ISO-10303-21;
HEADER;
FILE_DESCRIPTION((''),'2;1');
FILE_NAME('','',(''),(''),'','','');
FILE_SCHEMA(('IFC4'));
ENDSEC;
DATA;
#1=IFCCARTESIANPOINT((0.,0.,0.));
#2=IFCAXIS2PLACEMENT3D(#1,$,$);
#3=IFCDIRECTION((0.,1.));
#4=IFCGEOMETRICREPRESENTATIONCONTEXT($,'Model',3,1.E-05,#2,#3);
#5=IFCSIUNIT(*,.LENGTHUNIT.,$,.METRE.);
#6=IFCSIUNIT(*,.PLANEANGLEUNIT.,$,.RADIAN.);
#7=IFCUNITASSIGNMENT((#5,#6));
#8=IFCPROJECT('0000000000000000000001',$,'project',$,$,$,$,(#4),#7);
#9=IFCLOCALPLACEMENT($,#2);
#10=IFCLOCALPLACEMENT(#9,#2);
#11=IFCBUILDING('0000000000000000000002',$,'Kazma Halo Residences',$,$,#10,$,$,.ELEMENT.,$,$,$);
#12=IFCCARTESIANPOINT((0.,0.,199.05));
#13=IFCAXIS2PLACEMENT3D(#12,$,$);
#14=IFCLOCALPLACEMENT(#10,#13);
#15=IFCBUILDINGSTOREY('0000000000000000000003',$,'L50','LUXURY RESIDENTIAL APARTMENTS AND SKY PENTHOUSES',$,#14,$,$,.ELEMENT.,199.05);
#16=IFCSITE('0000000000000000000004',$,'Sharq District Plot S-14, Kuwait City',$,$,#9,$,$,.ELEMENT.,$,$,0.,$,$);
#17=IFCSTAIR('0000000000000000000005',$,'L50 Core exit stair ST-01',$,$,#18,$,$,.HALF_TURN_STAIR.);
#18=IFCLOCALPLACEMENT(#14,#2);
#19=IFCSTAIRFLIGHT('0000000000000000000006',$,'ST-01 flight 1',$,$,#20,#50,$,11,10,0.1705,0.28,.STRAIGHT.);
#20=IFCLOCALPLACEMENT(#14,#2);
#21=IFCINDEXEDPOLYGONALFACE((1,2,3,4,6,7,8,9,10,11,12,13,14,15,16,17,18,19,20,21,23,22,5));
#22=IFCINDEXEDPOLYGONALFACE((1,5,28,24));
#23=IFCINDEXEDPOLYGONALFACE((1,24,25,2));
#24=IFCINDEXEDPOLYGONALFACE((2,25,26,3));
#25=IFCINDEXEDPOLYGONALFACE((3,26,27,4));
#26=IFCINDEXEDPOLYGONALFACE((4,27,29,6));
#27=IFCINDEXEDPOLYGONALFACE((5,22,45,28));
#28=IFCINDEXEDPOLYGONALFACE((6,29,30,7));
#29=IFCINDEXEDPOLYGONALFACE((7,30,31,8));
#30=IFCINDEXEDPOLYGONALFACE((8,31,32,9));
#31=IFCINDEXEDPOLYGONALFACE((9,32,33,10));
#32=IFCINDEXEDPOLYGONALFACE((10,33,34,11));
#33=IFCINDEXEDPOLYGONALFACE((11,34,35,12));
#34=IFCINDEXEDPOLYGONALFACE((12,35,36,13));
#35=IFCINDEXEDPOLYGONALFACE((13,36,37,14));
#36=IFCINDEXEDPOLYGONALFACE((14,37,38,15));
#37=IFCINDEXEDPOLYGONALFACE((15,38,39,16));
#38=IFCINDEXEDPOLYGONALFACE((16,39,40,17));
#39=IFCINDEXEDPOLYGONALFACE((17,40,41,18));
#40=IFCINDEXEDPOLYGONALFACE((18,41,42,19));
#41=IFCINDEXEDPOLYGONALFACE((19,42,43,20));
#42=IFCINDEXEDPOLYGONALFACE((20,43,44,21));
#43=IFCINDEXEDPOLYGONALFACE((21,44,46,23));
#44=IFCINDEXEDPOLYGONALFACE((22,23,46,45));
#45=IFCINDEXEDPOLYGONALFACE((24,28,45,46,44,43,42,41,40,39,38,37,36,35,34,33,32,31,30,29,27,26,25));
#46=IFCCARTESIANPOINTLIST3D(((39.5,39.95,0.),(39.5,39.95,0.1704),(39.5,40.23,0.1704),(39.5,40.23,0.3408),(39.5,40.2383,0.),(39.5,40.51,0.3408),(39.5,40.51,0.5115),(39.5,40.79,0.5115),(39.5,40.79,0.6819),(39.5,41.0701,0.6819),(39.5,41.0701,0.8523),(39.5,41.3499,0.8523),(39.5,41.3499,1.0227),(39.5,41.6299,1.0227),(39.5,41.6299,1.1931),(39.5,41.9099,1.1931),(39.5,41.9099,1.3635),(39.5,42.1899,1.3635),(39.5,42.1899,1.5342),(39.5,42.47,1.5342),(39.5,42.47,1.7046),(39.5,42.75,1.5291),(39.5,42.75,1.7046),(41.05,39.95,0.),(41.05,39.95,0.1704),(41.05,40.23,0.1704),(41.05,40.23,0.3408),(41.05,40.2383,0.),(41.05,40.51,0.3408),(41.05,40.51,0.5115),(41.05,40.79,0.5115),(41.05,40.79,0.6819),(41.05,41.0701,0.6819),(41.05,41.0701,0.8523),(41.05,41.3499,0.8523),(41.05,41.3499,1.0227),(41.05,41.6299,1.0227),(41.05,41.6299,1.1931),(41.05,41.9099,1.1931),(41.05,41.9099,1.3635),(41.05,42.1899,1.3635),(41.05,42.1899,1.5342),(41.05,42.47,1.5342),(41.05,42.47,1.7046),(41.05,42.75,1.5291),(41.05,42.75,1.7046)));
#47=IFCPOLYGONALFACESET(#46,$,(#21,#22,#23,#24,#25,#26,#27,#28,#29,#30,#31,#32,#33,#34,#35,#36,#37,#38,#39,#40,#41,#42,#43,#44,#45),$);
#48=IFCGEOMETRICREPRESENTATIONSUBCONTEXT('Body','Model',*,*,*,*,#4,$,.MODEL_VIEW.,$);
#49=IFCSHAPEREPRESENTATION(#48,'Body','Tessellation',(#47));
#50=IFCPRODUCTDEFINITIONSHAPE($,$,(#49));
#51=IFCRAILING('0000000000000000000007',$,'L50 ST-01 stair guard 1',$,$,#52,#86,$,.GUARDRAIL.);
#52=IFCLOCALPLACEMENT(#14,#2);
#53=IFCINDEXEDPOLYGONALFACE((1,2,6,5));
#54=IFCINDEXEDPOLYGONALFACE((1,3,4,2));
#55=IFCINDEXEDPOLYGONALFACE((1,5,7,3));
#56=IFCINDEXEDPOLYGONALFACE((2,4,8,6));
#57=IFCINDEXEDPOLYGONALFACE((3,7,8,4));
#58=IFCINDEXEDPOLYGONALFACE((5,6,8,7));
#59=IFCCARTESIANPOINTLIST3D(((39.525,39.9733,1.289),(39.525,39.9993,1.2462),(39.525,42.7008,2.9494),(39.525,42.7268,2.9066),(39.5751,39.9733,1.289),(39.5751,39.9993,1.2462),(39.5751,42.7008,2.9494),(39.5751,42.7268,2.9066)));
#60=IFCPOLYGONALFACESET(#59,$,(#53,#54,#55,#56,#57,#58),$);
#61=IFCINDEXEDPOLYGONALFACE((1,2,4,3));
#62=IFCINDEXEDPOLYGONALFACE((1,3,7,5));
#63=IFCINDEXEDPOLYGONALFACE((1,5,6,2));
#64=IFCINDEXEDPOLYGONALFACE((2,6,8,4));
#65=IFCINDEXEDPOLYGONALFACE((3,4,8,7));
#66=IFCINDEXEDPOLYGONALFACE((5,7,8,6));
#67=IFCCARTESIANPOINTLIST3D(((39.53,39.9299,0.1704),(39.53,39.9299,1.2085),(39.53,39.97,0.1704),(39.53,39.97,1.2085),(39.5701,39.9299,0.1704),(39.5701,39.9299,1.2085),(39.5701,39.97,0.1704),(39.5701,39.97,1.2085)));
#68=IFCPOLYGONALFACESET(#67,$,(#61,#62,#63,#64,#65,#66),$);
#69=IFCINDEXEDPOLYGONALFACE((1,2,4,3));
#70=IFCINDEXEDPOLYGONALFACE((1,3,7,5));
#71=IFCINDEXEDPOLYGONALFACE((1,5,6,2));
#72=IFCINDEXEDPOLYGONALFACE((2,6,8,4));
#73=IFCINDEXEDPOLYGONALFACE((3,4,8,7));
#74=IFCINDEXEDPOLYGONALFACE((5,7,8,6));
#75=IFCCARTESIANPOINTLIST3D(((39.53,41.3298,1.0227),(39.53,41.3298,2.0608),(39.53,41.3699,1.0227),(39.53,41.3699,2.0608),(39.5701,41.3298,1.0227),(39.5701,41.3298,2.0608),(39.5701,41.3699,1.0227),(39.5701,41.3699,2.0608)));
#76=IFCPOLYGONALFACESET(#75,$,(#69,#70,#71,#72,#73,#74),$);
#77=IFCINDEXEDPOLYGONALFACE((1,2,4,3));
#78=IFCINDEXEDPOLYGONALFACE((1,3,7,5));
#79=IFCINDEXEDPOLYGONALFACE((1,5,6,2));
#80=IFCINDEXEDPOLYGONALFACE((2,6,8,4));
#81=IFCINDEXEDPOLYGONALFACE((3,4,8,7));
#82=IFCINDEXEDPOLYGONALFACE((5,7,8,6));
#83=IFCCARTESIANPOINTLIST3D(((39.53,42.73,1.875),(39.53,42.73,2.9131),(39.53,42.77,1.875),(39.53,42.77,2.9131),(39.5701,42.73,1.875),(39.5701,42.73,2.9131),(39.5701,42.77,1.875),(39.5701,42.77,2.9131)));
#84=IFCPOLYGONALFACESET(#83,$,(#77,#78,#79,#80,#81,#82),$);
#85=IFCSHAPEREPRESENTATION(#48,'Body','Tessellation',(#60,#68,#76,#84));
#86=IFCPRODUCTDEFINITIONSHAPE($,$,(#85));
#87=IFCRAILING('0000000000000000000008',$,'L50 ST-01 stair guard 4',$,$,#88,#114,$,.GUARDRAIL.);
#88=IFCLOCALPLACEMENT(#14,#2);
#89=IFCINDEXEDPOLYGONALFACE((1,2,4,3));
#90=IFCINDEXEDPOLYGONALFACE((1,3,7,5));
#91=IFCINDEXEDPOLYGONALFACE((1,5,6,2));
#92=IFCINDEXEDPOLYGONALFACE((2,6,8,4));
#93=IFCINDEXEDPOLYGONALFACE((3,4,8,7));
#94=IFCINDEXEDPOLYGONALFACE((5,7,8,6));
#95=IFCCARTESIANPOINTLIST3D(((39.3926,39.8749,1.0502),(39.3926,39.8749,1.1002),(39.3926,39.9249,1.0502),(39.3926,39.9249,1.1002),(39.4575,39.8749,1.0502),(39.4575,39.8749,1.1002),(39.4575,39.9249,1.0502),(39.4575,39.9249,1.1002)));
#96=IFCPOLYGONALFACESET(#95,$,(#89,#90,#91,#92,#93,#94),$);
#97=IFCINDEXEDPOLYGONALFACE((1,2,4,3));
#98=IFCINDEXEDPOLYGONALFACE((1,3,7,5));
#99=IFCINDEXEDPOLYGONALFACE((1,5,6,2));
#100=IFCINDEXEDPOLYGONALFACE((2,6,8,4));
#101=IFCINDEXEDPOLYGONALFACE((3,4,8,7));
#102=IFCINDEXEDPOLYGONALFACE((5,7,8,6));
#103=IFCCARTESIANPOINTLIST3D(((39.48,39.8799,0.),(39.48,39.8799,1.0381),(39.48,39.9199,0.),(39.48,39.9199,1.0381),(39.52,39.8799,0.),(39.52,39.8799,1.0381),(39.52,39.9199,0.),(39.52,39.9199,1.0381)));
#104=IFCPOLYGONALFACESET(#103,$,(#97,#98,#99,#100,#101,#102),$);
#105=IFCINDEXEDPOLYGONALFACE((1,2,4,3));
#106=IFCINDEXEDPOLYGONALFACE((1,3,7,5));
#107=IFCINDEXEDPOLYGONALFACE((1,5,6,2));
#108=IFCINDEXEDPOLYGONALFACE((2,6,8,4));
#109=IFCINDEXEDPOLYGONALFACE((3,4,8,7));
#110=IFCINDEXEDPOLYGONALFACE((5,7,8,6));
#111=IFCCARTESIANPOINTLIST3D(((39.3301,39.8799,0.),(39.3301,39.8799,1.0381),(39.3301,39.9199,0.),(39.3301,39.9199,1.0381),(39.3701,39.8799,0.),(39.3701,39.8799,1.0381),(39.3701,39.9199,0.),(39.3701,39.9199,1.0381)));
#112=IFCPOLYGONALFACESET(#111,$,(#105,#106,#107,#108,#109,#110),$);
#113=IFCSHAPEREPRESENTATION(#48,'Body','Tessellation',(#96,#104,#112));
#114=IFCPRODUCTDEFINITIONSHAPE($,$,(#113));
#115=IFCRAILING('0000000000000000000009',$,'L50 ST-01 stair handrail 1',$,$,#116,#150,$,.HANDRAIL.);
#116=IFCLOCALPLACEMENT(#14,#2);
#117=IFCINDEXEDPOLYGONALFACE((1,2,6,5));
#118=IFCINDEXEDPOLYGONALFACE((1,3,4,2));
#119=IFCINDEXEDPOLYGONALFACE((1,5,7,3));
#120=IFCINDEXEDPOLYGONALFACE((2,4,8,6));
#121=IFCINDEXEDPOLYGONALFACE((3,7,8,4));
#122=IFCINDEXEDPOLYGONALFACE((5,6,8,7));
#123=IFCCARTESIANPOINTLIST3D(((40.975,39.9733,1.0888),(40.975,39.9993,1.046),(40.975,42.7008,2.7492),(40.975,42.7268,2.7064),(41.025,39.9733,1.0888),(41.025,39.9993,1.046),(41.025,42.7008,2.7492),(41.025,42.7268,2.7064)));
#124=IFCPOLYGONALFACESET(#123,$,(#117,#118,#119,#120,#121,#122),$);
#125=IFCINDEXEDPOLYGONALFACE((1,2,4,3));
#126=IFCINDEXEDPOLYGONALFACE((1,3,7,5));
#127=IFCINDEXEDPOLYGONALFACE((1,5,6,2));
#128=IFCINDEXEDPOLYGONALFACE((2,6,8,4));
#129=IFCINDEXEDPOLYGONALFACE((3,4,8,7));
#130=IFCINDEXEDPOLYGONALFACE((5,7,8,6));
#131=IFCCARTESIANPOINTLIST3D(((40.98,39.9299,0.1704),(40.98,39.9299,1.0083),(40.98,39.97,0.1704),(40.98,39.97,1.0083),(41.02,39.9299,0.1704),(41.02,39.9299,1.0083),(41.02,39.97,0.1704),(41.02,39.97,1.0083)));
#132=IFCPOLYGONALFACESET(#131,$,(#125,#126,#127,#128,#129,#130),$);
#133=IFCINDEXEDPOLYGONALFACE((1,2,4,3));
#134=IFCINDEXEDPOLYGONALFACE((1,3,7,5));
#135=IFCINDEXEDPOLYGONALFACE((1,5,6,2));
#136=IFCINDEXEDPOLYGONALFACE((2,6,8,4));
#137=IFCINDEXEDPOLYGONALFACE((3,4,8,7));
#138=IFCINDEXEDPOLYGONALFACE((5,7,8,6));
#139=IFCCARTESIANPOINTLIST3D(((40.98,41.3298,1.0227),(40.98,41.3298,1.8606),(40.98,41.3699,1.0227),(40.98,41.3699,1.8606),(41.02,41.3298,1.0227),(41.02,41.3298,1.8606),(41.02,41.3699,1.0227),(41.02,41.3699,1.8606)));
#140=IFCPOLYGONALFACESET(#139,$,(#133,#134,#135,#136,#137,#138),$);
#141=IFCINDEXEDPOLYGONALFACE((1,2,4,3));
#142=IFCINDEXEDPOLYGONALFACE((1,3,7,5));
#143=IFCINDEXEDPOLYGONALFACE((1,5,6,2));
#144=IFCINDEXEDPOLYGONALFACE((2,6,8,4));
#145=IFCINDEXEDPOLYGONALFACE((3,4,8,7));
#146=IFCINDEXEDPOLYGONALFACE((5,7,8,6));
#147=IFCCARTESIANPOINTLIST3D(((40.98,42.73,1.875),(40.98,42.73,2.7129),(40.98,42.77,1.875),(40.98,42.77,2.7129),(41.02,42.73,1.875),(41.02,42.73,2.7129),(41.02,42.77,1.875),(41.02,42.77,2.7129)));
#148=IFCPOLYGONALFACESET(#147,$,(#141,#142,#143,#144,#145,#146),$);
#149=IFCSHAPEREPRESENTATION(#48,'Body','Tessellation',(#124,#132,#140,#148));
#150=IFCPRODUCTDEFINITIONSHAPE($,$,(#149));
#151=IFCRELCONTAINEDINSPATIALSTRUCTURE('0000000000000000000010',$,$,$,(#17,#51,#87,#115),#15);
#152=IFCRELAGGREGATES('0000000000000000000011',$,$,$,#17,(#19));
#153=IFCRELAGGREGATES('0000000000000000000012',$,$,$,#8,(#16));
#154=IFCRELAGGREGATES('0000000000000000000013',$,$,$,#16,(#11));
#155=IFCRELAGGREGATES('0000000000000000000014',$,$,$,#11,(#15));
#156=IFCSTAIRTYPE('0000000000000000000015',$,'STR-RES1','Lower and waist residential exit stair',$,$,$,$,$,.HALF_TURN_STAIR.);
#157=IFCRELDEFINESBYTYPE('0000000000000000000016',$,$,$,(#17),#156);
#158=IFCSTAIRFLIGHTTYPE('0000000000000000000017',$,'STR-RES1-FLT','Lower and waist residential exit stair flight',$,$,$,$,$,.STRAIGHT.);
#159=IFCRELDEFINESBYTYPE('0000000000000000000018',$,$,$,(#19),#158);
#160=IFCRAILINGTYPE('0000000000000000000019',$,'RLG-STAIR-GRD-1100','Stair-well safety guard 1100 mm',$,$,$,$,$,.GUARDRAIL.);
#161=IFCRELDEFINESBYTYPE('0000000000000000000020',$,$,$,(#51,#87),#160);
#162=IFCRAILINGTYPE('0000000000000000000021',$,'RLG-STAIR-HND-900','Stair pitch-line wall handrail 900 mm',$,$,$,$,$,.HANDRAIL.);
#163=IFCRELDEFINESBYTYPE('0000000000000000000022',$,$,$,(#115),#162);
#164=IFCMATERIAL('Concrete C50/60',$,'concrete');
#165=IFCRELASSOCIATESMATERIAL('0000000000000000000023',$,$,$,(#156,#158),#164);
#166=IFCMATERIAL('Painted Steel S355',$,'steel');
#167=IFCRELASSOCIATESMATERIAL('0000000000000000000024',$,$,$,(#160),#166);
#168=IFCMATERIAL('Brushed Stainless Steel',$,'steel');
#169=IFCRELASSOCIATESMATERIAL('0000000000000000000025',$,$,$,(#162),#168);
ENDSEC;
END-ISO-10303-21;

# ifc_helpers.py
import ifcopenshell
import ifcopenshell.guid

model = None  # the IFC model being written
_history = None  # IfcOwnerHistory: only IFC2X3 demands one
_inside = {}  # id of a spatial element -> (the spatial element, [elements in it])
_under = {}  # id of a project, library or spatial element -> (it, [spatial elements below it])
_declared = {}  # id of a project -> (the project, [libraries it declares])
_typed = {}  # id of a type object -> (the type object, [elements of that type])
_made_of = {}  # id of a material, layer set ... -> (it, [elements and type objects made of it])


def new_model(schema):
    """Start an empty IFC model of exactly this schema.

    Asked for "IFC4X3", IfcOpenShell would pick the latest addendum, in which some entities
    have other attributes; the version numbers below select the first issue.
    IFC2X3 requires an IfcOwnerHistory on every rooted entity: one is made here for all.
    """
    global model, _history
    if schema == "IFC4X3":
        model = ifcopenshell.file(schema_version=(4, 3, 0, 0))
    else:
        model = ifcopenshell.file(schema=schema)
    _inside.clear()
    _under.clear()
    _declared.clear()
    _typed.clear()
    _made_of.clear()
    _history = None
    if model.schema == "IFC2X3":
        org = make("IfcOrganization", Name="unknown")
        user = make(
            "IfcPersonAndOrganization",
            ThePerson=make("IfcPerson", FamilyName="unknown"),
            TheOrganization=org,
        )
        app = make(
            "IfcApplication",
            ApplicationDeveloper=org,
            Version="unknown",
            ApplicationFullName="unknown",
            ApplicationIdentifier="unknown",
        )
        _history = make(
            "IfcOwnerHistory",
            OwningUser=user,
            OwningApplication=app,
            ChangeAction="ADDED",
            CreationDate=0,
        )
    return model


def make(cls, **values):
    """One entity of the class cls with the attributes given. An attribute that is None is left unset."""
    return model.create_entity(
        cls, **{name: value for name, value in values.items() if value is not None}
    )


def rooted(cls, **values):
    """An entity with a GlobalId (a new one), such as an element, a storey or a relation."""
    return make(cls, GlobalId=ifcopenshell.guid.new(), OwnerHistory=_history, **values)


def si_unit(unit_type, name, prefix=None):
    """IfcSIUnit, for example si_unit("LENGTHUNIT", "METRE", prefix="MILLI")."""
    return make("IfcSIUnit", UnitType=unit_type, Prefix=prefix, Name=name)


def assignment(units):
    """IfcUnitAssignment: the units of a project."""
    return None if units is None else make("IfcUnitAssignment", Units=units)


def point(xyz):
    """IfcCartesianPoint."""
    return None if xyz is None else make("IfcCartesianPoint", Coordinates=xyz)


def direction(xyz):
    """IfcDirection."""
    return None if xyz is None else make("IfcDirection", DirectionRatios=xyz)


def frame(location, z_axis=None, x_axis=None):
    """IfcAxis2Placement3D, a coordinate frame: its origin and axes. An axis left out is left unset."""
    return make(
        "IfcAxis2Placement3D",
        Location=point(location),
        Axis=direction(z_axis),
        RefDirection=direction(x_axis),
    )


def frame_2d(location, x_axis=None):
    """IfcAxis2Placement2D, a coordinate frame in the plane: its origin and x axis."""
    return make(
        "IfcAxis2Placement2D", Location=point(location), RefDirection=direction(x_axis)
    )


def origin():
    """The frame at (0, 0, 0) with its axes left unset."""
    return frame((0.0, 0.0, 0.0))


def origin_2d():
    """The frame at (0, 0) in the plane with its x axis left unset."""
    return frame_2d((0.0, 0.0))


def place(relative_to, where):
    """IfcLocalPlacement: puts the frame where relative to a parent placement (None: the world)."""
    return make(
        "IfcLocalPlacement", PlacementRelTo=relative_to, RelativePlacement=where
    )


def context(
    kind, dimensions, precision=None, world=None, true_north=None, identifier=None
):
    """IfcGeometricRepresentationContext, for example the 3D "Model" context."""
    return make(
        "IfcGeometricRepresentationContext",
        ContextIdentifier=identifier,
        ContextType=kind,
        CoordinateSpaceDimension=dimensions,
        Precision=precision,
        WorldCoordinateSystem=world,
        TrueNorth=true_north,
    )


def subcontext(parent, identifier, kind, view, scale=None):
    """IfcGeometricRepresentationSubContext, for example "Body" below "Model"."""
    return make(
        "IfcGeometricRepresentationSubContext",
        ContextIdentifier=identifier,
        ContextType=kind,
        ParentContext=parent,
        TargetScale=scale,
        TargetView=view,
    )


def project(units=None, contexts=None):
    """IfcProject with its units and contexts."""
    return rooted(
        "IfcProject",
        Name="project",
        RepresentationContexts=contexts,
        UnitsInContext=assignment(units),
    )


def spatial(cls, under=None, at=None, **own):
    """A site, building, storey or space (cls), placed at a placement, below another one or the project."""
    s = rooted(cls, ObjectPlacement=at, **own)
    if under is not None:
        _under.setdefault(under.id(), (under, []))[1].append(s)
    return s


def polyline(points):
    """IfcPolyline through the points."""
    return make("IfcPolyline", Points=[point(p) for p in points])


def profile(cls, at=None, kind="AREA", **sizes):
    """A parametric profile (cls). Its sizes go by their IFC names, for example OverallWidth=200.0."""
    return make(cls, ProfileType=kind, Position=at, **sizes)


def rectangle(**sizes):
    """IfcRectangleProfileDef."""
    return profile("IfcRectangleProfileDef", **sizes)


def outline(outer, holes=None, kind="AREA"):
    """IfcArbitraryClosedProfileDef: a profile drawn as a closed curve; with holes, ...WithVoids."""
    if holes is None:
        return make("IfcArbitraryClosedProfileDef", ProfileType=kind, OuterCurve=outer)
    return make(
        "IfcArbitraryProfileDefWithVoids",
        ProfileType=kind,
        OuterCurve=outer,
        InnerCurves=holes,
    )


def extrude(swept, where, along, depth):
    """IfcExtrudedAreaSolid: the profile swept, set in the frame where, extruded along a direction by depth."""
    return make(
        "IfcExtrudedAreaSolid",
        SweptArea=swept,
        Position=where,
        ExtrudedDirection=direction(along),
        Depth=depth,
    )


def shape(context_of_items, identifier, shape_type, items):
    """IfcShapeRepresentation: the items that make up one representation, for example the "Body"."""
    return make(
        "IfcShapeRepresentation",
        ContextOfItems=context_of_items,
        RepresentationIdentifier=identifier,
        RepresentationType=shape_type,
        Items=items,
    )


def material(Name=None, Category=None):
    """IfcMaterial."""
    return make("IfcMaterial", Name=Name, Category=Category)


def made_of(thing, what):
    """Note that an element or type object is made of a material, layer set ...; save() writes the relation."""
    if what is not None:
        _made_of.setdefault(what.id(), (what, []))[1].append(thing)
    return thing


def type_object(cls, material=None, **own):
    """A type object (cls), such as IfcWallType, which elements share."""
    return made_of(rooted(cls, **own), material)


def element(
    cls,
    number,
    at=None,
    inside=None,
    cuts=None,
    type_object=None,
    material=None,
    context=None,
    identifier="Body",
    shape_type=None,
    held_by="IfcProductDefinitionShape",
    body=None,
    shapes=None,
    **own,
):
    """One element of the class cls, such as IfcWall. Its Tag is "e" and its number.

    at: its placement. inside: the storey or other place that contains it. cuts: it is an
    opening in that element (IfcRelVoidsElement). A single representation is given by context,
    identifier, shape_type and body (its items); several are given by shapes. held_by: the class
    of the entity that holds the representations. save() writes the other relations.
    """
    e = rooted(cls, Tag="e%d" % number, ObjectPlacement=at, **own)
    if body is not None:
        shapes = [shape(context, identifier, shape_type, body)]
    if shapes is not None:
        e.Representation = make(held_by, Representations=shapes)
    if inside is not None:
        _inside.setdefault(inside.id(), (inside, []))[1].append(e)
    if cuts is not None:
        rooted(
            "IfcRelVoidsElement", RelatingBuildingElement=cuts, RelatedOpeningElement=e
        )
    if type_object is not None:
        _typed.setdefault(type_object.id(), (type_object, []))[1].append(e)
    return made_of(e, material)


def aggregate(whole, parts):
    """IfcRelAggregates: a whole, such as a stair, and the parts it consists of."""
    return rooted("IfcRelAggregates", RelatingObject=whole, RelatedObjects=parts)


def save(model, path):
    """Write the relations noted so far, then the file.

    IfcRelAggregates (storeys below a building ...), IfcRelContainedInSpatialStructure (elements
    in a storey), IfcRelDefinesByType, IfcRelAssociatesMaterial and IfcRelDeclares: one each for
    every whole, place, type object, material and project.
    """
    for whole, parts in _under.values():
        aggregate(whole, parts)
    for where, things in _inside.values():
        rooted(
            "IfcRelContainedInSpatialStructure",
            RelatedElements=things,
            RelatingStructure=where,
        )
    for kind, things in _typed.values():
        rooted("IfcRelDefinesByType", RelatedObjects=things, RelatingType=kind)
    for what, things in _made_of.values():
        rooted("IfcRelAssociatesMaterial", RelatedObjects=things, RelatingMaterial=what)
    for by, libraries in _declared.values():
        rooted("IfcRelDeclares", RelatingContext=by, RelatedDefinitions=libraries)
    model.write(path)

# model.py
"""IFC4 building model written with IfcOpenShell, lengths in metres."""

from ifc_helpers import new_model, si_unit, direction, frame, origin, origin_2d, place, context, subcontext, project, spatial, polyline, rectangle, outline, extrude, material, type_object, element, aggregate, save


model = new_model("IFC4")

# Units and contexts
model_context = context("Model", 3, precision=1e-05, world=origin(), true_north=direction((0.0, 1.0)))
body_context = subcontext(model_context, "Body", "Model", "MODEL_VIEW")
ifc_project = project(units=[si_unit("LENGTHUNIT", "METRE"), si_unit("PLANEANGLEUNIT", "RADIAN")], contexts=[model_context])

# Site, building, storey
site_placement = place(None, origin())
site = spatial("IfcSite", under=ifc_project, at=site_placement, Name="Sharq District Plot S-14, Kuwait City", CompositionType="ELEMENT", RefElevation=0.0)
building_placement = place(site_placement, origin())
building = spatial("IfcBuilding", under=site, at=building_placement, Name="Kazma Halo Residences", CompositionType="ELEMENT")
storey_placement = place(building_placement, frame((0.0, 0.0, 199.05)))
storey = spatial("IfcBuildingStorey", under=building, at=storey_placement, Name="L50", Description="LUXURY RESIDENTIAL APARTMENTS AND SKY PENTHOUSES", CompositionType="ELEMENT", Elevation=199.05)

# Shared definitions
ifc_material_1 = material(Name="Concrete C50/60", Category="concrete")

# Stair, stair flight
stair_type = type_object("IfcStairType", Name="STR-RES1", Description="Lower and waist residential exit stair", PredefinedType="HALF_TURN_STAIR", material=ifc_material_1)
stair_placement = place(storey_placement, origin())
stair = element("IfcStair", 1, at=stair_placement, inside=storey, type_object=stair_type, Name="L50 Core exit stair ST-01", PredefinedType="HALF_TURN_STAIR")
stair_flight_type = type_object("IfcStairFlightType", Name="STR-RES1-FLT", Description="Lower and waist residential exit stair flight", PredefinedType="STRAIGHT", material=ifc_material_1)
stair_flight_placement = place(storey_placement, frame((40.2749, 39.95, 0.0), z_axis=(0.0, 0.0, 1.0), x_axis=(0.0, 1.0, 0.0)))
stair_flight = element("IfcStairFlight", 2, at=stair_flight_placement, type_object=stair_flight_type, Name="ST-01 flight 1", NumberOfRisers=11, NumberOfTreads=10, PredefinedType="STRAIGHT", RiserHeight=0.1705, TreadLength=0.28, context=body_context, shape_type="SweptSolid", body=[
    extrude(outline(polyline([(0.0, 0.0), (0.0, 0.1704), (0.28, 0.1704), (0.28, 0.3408), (0.5601, 0.3408), (0.5601, 0.5115), (0.8401, 0.5115), (0.8401, 0.6819), (1.1201, 0.6819), (1.1201, 0.8523), (1.3999, 0.8523), (1.3999, 1.0227), (1.6799, 1.0227), (1.6799, 1.1931), (1.96, 1.1931), (1.96, 1.3635), (2.24, 1.3635), (2.24, 1.5342), (2.52, 1.5342), (2.52, 1.7046), (2.8, 1.7046), (2.8, 1.875), (2.8, 1.5291), (0.2883, 0.0), (0.0, 0.0)])), frame((0.0, 0.7749, 0.0), z_axis=(0.0, -1.0, 0.0), x_axis=(1.0, 0.0, 0.0)), (0.0, 0.0, 1.0), 1.55),
])
aggregate(stair, [stair_flight])

# Railings
ifc_material_2 = material(Name="Painted Steel S355", Category="steel")
railing_type_1 = type_object("IfcRailingType", Name="RLG-STAIR-GRD-1100", Description="Stair-well safety guard 1100 mm", PredefinedType="GUARDRAIL", material=ifc_material_2)
railing_1_placement = place(storey_placement, frame((39.55, 39.95, 0.1704)))
element("IfcRailing", 3, at=railing_1_placement, inside=storey, type_object=railing_type_1, Name="L50 ST-01 stair guard 1", PredefinedType="GUARDRAIL", context=body_context, shape_type="SweptSolid", body=[
    extrude(rectangle(XDim=0.05, YDim=0.05, at=origin_2d()), frame((0.0, 0.0364, 1.0972), z_axis=(0.0, 0.85417, 0.519994), x_axis=(-1.0, 0.0, 0.0)), (0.0, 0.0, 1.0), 3.1931),
    extrude(rectangle(XDim=0.04, YDim=0.04, at=origin_2d()), origin(), (0.0, 0.0, 1.0), 1.0381),
    extrude(rectangle(XDim=0.04, YDim=0.04, at=origin_2d()), frame((0.0, 1.3999, 0.8523)), (0.0, 0.0, 1.0), 1.0381),
    extrude(rectangle(XDim=0.04, YDim=0.04, at=origin_2d()), frame((0.0, 2.8, 1.7046)), (0.0, 0.0, 1.0), 1.0381),
])
railing_2_placement = place(storey_placement, frame((39.5, 39.8999, 0.0)))
element("IfcRailing", 4, at=railing_2_placement, inside=storey, type_object=railing_type_1, Name="L50 ST-01 stair guard 4", PredefinedType="GUARDRAIL", context=body_context, shape_type="SweptSolid", body=[
    extrude(rectangle(XDim=0.05, YDim=0.05, at=origin_2d()), frame((-0.0425, 0.0, 1.0752), z_axis=(-1.0, 0.0, 0.0), x_axis=(0.0, -1.0, 0.0)), (0.0, 0.0, 1.0), 0.0649),
    extrude(rectangle(XDim=0.04, YDim=0.04, at=origin_2d()), origin(), (0.0, 0.0, 1.0), 1.0381),
    extrude(rectangle(XDim=0.04, YDim=0.04, at=origin_2d()), frame((-0.1499, 0.0, 0.0)), (0.0, 0.0, 1.0), 1.0381),
])
ifc_material_3 = material(Name="Brushed Stainless Steel", Category="steel")
railing_type_2 = type_object("IfcRailingType", Name="RLG-STAIR-HND-900", Description="Stair pitch-line wall handrail 900 mm", PredefinedType="HANDRAIL", material=ifc_material_3)
railing_3_placement = place(storey_placement, frame((41.0, 39.95, 0.1704)))
element("IfcRailing", 5, at=railing_3_placement, inside=storey, type_object=railing_type_2, Name="L50 ST-01 stair handrail 1", PredefinedType="HANDRAIL", context=body_context, shape_type="SweptSolid", body=[
    extrude(rectangle(XDim=0.05, YDim=0.05, at=origin_2d()), frame((0.0, 0.0364, 0.897), z_axis=(0.0, 0.85417, 0.519994), x_axis=(-1.0, 0.0, 0.0)), (0.0, 0.0, 1.0), 3.1931),
    extrude(rectangle(XDim=0.04, YDim=0.04, at=origin_2d()), origin(), (0.0, 0.0, 1.0), 0.8379),
    extrude(rectangle(XDim=0.04, YDim=0.04, at=origin_2d()), frame((0.0, 1.3999, 0.8523)), (0.0, 0.0, 1.0), 0.8379),
    extrude(rectangle(XDim=0.04, YDim=0.04, at=origin_2d()), frame((0.0, 2.8, 1.7046)), (0.0, 0.0, 1.0), 0.8379),
])

save(model, "model.ifc")
